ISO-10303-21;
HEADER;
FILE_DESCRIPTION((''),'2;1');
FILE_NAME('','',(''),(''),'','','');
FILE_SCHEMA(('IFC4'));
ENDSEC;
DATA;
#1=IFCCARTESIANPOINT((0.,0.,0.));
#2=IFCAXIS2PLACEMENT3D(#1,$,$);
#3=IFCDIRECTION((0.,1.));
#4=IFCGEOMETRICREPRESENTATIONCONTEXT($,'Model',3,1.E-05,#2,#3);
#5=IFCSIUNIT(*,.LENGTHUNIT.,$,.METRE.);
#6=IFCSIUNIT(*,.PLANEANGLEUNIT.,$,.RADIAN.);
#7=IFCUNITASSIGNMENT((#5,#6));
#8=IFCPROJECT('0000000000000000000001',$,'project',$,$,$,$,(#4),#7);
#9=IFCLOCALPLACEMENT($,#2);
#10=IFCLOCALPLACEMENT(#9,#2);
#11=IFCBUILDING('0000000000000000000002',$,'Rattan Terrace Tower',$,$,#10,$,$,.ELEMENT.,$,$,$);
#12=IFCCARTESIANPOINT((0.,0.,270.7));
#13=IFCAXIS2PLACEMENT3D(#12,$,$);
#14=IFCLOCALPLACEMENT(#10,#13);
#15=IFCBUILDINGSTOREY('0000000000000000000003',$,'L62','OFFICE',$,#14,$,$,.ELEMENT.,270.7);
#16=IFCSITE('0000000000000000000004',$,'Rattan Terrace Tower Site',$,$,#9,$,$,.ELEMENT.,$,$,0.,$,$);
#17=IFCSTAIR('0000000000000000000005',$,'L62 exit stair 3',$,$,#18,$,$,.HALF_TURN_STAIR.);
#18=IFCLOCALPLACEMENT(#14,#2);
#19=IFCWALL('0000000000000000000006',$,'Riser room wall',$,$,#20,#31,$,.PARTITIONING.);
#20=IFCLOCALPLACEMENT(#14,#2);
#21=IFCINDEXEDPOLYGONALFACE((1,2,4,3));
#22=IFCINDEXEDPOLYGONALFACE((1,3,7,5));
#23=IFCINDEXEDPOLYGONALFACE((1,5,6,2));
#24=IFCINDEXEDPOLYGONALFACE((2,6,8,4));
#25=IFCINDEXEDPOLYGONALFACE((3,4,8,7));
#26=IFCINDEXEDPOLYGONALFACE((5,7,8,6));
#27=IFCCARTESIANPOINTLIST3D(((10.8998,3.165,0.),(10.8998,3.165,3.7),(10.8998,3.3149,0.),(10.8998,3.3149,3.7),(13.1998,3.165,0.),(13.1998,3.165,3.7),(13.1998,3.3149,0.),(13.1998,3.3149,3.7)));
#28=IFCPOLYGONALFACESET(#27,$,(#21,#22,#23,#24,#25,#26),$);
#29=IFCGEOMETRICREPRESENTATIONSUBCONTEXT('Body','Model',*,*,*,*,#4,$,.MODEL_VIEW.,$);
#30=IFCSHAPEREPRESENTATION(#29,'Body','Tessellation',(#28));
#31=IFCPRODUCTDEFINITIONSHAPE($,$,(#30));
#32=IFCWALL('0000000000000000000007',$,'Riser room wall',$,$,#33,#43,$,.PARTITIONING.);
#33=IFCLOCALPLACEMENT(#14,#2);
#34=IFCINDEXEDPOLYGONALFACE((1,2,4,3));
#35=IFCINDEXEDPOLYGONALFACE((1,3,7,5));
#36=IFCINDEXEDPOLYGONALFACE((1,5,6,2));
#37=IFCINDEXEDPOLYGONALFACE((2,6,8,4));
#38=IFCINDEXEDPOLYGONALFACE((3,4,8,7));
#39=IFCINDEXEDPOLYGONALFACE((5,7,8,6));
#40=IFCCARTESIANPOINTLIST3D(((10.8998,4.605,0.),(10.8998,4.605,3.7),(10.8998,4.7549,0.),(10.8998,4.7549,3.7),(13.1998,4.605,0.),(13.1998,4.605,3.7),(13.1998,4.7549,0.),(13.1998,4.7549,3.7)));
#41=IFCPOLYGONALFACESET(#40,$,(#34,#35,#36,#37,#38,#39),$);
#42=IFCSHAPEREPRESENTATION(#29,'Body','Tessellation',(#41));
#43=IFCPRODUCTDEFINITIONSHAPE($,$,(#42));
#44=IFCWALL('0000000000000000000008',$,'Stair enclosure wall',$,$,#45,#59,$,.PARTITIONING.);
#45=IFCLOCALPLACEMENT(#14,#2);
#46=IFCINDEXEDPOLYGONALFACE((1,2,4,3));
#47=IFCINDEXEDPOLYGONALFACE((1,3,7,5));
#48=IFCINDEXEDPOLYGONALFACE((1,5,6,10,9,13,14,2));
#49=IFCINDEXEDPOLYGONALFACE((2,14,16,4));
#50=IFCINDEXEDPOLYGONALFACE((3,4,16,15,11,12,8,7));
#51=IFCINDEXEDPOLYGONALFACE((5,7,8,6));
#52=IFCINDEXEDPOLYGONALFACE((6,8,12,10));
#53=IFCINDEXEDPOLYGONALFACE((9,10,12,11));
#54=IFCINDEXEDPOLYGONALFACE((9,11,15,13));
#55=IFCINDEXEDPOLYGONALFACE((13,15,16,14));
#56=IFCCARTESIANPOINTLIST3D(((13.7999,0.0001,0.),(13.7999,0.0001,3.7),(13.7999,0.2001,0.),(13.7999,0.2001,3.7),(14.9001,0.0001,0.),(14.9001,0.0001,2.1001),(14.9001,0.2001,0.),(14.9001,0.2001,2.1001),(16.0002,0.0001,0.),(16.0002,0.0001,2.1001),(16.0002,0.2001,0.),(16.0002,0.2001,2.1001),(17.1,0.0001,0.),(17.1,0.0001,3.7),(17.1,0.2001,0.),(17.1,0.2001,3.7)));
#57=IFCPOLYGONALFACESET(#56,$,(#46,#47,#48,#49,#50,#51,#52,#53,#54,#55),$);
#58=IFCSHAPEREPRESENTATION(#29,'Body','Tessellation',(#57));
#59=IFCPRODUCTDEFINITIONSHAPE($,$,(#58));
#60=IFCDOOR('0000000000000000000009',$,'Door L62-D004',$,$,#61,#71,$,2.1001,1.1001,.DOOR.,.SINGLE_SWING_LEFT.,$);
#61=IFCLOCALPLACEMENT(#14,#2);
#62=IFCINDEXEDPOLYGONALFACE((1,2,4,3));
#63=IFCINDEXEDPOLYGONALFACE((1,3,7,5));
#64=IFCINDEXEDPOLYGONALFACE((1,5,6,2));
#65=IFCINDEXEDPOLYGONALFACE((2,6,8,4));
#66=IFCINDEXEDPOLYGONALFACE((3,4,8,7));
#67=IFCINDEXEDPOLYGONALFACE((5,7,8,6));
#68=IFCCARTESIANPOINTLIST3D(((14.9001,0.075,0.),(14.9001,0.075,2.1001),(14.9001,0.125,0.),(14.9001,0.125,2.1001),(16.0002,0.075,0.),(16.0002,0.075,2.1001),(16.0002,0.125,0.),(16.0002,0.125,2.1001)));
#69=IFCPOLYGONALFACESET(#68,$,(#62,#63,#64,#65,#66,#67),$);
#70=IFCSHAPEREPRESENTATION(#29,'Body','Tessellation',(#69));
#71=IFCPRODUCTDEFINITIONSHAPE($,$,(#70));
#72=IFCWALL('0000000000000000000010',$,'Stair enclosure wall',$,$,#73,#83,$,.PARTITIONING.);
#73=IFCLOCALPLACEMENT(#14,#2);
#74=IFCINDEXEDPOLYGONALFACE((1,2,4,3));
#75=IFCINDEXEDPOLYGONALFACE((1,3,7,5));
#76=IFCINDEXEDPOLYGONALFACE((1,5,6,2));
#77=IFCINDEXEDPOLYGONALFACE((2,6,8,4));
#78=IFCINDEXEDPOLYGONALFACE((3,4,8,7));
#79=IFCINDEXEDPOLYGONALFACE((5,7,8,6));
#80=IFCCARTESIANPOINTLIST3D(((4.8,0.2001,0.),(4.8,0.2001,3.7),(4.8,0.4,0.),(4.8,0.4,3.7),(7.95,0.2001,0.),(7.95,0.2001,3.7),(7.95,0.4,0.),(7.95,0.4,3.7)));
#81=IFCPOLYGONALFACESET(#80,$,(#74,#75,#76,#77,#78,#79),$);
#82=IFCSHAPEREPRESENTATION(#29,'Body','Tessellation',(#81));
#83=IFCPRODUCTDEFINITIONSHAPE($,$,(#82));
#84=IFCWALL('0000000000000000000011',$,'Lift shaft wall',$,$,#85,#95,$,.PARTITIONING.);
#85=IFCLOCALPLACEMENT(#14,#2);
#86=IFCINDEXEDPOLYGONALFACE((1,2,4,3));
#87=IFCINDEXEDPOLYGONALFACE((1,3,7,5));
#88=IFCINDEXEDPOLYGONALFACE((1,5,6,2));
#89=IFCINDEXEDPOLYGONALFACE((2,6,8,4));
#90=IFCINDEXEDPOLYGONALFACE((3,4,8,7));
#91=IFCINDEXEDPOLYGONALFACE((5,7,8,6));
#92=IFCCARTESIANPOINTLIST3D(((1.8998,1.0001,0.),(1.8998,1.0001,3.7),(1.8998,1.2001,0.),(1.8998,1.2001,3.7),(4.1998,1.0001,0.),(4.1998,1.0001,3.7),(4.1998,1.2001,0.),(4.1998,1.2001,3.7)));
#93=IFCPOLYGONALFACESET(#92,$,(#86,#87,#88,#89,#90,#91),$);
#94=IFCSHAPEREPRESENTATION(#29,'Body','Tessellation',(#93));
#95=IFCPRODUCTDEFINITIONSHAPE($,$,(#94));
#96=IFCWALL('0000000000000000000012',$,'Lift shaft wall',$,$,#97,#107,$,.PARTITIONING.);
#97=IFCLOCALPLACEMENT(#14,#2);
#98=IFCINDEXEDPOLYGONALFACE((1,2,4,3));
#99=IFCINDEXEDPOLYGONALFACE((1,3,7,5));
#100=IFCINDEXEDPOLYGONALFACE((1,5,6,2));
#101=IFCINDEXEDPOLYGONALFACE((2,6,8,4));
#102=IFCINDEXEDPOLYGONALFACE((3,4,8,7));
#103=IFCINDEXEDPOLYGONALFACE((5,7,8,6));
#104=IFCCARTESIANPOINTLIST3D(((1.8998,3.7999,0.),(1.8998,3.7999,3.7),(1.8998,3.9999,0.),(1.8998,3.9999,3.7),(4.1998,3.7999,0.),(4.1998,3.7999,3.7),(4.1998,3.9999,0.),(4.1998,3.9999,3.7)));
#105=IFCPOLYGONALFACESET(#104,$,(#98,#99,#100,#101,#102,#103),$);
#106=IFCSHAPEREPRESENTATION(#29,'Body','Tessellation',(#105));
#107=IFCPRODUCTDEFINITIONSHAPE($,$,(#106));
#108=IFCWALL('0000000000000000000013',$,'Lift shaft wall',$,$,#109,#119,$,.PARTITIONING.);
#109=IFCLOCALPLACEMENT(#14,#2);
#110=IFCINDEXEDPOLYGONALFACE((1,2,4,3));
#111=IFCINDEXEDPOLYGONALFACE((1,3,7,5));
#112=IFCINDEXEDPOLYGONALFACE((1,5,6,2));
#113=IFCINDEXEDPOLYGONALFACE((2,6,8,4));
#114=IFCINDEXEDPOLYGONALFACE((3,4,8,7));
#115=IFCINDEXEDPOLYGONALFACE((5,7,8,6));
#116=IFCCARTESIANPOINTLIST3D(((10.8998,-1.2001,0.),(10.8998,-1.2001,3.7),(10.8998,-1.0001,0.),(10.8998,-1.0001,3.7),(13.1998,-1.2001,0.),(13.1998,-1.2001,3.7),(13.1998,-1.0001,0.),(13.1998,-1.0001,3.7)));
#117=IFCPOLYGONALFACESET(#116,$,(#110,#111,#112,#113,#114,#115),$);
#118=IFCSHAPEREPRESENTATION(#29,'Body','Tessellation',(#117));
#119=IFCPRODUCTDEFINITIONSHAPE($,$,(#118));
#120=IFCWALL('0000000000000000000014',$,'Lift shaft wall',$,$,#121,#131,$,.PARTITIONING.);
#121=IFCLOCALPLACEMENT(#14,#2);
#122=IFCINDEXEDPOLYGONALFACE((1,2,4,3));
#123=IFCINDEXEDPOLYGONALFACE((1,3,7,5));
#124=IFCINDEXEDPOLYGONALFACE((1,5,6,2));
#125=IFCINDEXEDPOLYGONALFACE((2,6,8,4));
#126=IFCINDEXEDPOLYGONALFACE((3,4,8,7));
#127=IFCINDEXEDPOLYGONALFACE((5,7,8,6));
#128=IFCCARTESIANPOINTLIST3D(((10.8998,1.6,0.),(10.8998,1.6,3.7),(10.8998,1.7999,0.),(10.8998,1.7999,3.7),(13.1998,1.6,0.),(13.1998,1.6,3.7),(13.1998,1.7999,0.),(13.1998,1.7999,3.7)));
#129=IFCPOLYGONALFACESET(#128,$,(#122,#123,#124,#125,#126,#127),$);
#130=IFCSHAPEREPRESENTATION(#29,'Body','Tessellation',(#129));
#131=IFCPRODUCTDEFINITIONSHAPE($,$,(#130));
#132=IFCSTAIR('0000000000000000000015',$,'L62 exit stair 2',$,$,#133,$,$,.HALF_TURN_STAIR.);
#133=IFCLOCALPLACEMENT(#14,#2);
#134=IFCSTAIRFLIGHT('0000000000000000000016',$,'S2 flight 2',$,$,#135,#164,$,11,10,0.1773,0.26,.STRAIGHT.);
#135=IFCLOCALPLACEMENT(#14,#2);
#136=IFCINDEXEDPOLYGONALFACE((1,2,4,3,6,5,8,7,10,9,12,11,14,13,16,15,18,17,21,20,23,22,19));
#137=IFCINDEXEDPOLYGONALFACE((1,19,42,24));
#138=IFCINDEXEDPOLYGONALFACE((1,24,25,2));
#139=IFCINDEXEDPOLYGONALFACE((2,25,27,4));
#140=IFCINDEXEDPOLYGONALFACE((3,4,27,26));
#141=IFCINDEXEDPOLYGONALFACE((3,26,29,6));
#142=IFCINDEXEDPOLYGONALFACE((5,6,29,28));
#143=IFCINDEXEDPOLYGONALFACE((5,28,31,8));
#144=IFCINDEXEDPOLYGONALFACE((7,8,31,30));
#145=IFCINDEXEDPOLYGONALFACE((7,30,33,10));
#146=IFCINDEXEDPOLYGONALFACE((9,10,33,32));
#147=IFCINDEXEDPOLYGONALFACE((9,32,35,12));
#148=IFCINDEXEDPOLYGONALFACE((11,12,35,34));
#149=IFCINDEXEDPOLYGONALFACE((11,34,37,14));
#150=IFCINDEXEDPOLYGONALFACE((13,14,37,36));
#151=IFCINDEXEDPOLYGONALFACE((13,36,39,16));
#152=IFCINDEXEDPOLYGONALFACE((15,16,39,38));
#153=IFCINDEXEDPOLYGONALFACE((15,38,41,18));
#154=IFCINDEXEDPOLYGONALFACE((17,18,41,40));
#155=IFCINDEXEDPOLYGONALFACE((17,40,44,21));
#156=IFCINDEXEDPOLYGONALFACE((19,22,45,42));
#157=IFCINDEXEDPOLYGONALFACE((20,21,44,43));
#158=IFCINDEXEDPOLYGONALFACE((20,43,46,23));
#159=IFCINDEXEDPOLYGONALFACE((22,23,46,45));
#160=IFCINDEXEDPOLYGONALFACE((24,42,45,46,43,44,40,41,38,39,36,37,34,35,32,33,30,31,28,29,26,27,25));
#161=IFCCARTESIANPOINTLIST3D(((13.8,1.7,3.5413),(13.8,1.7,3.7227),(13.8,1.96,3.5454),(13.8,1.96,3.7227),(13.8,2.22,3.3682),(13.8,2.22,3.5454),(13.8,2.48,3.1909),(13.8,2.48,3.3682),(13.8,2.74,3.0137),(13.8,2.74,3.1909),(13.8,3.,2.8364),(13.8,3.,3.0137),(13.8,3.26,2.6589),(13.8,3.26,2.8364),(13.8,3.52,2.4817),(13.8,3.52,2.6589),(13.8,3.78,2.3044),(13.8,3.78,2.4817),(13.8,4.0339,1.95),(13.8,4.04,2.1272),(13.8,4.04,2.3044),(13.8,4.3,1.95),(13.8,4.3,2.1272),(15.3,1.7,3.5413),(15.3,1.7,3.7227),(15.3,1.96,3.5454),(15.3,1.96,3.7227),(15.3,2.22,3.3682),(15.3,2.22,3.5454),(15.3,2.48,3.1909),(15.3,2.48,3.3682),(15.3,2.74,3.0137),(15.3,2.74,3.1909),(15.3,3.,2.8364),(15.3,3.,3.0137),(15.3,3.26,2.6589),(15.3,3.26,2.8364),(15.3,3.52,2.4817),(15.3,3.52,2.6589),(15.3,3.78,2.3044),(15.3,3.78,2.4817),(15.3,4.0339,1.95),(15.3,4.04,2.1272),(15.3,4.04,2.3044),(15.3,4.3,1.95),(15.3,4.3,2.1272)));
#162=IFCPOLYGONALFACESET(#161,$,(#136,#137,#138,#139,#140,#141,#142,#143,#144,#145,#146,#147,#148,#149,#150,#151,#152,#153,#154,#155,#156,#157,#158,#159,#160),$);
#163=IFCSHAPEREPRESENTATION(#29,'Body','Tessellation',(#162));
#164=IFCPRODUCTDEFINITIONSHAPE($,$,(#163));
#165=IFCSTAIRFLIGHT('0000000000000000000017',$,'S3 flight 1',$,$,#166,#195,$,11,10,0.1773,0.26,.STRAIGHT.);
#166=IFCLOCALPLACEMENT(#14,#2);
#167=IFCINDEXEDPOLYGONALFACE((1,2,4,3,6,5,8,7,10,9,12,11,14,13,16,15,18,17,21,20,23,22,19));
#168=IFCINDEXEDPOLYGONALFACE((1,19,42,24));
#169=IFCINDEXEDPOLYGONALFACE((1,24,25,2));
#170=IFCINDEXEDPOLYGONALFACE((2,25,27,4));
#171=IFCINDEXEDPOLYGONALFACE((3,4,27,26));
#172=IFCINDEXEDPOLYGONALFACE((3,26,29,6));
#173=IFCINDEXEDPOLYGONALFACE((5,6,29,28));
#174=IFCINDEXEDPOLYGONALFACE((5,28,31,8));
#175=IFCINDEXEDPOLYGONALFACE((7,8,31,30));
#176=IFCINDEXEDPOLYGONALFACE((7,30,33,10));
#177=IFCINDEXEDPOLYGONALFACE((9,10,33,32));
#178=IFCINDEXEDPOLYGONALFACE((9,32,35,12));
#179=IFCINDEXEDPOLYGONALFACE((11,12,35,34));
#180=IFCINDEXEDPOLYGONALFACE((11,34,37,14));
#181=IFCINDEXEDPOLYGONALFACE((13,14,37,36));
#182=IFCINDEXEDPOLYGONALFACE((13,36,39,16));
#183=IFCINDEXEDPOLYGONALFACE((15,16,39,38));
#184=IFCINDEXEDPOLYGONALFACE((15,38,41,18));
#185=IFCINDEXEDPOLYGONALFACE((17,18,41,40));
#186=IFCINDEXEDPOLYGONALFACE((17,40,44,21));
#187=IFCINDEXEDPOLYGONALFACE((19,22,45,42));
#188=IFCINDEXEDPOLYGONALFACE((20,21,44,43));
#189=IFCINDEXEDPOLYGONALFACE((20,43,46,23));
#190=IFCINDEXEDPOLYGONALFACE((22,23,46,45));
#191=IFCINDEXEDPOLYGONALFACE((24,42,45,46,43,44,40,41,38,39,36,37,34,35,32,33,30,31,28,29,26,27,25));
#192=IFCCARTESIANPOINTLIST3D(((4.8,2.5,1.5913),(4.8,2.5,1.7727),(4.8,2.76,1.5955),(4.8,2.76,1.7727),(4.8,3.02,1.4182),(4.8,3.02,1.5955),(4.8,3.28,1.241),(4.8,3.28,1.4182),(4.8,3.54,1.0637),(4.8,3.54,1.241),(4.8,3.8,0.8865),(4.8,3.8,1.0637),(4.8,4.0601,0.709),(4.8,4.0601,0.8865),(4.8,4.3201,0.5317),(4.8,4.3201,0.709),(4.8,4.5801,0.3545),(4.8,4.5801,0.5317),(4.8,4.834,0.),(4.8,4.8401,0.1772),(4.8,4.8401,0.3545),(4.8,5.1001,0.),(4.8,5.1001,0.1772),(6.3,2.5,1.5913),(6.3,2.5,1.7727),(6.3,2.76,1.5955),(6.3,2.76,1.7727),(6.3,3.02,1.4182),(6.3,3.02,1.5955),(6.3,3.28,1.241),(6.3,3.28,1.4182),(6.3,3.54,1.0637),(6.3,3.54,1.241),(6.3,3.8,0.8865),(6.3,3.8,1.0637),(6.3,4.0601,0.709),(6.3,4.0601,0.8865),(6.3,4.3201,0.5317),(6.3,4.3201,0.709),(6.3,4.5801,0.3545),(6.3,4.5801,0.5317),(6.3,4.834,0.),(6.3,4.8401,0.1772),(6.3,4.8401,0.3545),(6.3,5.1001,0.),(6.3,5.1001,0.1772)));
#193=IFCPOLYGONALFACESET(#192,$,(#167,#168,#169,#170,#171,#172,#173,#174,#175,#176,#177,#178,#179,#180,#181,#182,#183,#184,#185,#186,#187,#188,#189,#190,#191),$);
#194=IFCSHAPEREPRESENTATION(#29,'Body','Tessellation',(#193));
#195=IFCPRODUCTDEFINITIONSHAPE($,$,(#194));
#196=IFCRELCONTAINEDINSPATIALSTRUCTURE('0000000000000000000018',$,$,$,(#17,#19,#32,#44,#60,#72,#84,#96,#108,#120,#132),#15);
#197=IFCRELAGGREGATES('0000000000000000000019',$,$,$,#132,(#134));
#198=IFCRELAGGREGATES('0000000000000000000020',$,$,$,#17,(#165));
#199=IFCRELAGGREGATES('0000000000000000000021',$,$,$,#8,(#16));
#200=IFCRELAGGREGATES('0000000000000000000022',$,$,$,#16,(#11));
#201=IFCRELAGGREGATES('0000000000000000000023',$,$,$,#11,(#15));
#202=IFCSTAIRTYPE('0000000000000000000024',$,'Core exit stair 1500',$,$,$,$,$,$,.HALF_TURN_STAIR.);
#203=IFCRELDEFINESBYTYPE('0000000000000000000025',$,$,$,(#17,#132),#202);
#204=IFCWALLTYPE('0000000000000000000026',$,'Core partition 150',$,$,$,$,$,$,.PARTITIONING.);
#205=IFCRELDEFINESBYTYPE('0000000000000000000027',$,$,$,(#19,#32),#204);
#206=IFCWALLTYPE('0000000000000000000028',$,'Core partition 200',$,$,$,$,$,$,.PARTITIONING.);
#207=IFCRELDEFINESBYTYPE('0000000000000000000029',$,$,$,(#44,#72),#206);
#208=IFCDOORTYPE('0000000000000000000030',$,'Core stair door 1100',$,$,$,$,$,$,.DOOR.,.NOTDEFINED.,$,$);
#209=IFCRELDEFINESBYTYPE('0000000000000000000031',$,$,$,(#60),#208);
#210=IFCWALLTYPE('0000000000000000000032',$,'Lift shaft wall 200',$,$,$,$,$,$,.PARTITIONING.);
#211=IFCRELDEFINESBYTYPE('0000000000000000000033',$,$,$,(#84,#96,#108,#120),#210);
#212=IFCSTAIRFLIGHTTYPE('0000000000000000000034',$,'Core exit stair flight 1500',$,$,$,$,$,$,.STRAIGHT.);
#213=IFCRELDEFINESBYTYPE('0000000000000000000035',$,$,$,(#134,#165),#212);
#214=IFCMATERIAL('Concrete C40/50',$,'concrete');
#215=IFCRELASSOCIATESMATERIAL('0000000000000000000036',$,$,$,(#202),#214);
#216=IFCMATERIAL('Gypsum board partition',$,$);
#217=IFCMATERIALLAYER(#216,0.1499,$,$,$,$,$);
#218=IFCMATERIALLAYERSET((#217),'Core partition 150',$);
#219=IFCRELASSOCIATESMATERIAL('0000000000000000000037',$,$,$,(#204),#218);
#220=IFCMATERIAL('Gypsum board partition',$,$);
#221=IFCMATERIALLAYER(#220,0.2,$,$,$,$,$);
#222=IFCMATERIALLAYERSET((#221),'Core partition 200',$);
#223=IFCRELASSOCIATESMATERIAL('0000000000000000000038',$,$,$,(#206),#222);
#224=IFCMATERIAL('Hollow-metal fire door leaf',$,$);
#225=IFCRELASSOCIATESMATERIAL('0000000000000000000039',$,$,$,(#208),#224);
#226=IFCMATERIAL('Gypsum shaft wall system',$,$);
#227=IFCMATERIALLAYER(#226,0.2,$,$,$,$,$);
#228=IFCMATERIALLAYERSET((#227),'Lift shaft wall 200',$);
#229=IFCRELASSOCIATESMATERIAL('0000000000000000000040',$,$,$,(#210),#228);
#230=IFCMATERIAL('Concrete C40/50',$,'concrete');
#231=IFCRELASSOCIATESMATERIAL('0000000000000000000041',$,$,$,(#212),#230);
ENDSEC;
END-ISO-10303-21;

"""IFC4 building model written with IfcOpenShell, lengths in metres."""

from ifc_helpers import new_model, si_unit, direction, frame, frame_2d, origin, place, context, subcontext, project, spatial, polyline, rectangle, outline, extrude, material, layer, layer_set, type_object, element, fill, aggregate, save


model = new_model("IFC4")

# Units and contexts
model_context = context("Model", 3, precision=1e-05, world=origin(), true_north=direction((0.0, 1.0)))
body_context = subcontext(model_context, "Body", "Model", "MODEL_VIEW")
ifc_project = project(units=[si_unit("LENGTHUNIT", "METRE"), si_unit("PLANEANGLEUNIT", "RADIAN")], contexts=[model_context])

# Site, building, storey
site_placement = place(None, origin())
site = spatial("IfcSite", under=ifc_project, at=site_placement, Name="Rattan Terrace Tower Site", CompositionType="ELEMENT", RefElevation=0.0)
building_placement = place(site_placement, origin())
building = spatial("IfcBuilding", under=site, at=building_placement, Name="Rattan Terrace Tower", CompositionType="ELEMENT")
storey_placement = place(building_placement, frame((0.0, 0.0, 270.7)))
storey = spatial("IfcBuildingStorey", under=building, at=storey_placement, Name="L62", Description="OFFICE", CompositionType="ELEMENT", Elevation=270.7)

# Stair
ifc_material_1 = material(Name="Concrete C40/50", Category="concrete")
stair_type = type_object("IfcStairType", Name="Core exit stair 1500", PredefinedType="HALF_TURN_STAIR", material=ifc_material_1)
stair_1_placement = place(storey_placement, origin())
stair_1 = element("IfcStair", 1, at=stair_1_placement, inside=storey, type_object=stair_type, Name="L62 exit stair 3", PredefinedType="HALF_TURN_STAIR")

# Walls
ifc_material_2 = material(Name="Gypsum board partition")
ifc_layer_1 = layer(ifc_material_2, 0.1499)
ifc_layer_set_1 = layer_set([ifc_layer_1], Name="Core partition 150")
wall_type_1 = type_object("IfcWallType", Name="Core partition 150", PredefinedType="PARTITIONING", material=ifc_layer_set_1)
for number, where, z_axis, x_axis, name in (
    (2, (10.8999, 3.24, 0.0), (0.0, 0.0, 1.0), (1.0, 0.0, 0.0), "Riser room wall"),
    (3, (10.8999, 4.6799, 0.0), (0.0, 0.0, 1.0), (1.0, 0.0, 0.0), "Riser room wall"),
):
    element("IfcWall", number, at=place(storey_placement, frame(where, z_axis=z_axis, x_axis=x_axis)), inside=storey, type_object=wall_type_1, Name=name, PredefinedType="PARTITIONING", context=body_context, shape_type="SweptSolid", body=[
        extrude(rectangle(XDim=2.3, YDim=0.1499, at=frame_2d((1.1499, 0.0))), origin(), (0.0, 0.0, 1.0), 3.7),
    ])

# Wall, opening, door
ifc_material_3 = material(Name="Gypsum board partition")
ifc_layer_2 = layer(ifc_material_3, 0.2)
ifc_layer_set_2 = layer_set([ifc_layer_2], Name="Core partition 200")
wall_type_2 = type_object("IfcWallType", Name="Core partition 200", PredefinedType="PARTITIONING", material=ifc_layer_set_2)
wall_1_placement = place(storey_placement, frame((13.8, 0.1001, 0.0), z_axis=(0.0, 0.0, 1.0), x_axis=(1.0, 0.0, 0.0)))
wall_1 = element("IfcWall", 4, at=wall_1_placement, inside=storey, type_object=wall_type_2, Name="Stair enclosure wall", PredefinedType="PARTITIONING", context=body_context, shape_type="SweptSolid", body=[
    extrude(rectangle(XDim=3.3, YDim=0.2, at=frame_2d((1.6499, 0.0))), origin(), (0.0, 0.0, 1.0), 3.7),
])
opening_placement = place(wall_1_placement, frame((1.1001, 0.0, 0.0)))
opening = element("IfcOpeningElement", 5, at=opening_placement, cuts=wall_1, PredefinedType="OPENING", context=body_context, shape_type="SweptSolid", body=[
    extrude(rectangle(XDim=1.1001, YDim=2.1001, at=frame_2d((0.55, 1.05))), frame((0.0, 0.1106, 0.0), z_axis=(0.0, -1.0, 0.0), x_axis=(1.0, 0.0, 0.0)), (0.0, 0.0, 1.0), 0.2209),
])
ifc_material_4 = material(Name="Hollow-metal fire door leaf")
door_type = type_object("IfcDoorType", Name="Core stair door 1100", OperationType="NOTDEFINED", PredefinedType="DOOR", material=ifc_material_4)
door_placement = place(opening_placement, origin())
door = element("IfcDoor", 6, at=door_placement, inside=storey, type_object=door_type, Name="Door L62-D004", OperationType="SINGLE_SWING_LEFT", OverallHeight=2.1001, OverallWidth=1.1001, PredefinedType="DOOR", context=body_context, shape_type="SweptSolid", body=[
    extrude(rectangle(XDim=1.1001, YDim=2.1001, at=frame_2d((0.55, 1.05))), frame((0.0, 0.0249, 0.0), z_axis=(0.0, -1.0, 0.0), x_axis=(1.0, 0.0, 0.0)), (0.0, 0.0, 1.0), 0.05),
])
fill(opening, door)

# Walls
wall_2_placement = place(storey_placement, frame((4.8, 0.3, 0.0), z_axis=(0.0, 0.0, 1.0), x_axis=(1.0, 0.0, 0.0)))
element("IfcWall", 7, at=wall_2_placement, inside=storey, type_object=wall_type_2, Name="Stair enclosure wall", PredefinedType="PARTITIONING", context=body_context, shape_type="SweptSolid", body=[
    extrude(rectangle(XDim=3.1499, YDim=0.2, at=frame_2d((1.575, 0.0))), origin(), (0.0, 0.0, 1.0), 3.7),
])
ifc_material_5 = material(Name="Gypsum shaft wall system")
ifc_layer_3 = layer(ifc_material_5, 0.2)
ifc_layer_set_3 = layer_set([ifc_layer_3], Name="Lift shaft wall 200")
wall_type_3 = type_object("IfcWallType", Name="Lift shaft wall 200", PredefinedType="PARTITIONING", material=ifc_layer_set_3)
for number, where, z_axis, x_axis, name in (
    (8, (1.8999, 1.1001, 0.0), (0.0, 0.0, 1.0), (1.0, 0.0, 0.0), "Lift shaft wall"),
    (9, (1.8999, 3.8999, 0.0), (0.0, 0.0, 1.0), (1.0, 0.0, 0.0), "Lift shaft wall"),
    (10, (10.8999, -1.1001, 0.0), (0.0, 0.0, 1.0), (1.0, 0.0, 0.0), "Lift shaft wall"),
    (11, (10.8999, 1.7, 0.0), (0.0, 0.0, 1.0), (1.0, 0.0, 0.0), "Lift shaft wall"),
):
    element("IfcWall", number, at=place(storey_placement, frame(where, z_axis=z_axis, x_axis=x_axis)), inside=storey, type_object=wall_type_3, Name=name, PredefinedType="PARTITIONING", context=body_context, shape_type="SweptSolid", body=[
        extrude(rectangle(XDim=2.3, YDim=0.2, at=frame_2d((1.1499, 0.0))), origin(), (0.0, 0.0, 1.0), 3.7),
    ])

# Stair, stair flight
stair_2_placement = place(storey_placement, origin())
stair_2 = element("IfcStair", 12, at=stair_2_placement, inside=storey, type_object=stair_type, Name="L62 exit stair 2", PredefinedType="HALF_TURN_STAIR")
ifc_material_6 = material(Name="Concrete C40/50", Category="concrete")
stair_flight_type = type_object("IfcStairFlightType", Name="Core exit stair flight 1500", PredefinedType="STRAIGHT", material=ifc_material_6)
stair_flight_1_placement = place(storey_placement, frame((14.55, 4.3, 1.95), z_axis=(0.0, 0.0, 1.0), x_axis=(0.0, -1.0, 0.0)))
stair_flight_1 = element("IfcStairFlight", 13, at=stair_flight_1_placement, type_object=stair_flight_type, Name="S2 flight 2", NumberOfRisers=11, NumberOfTreads=10, PredefinedType="STRAIGHT", RiserHeight=0.1773, TreadLength=0.26, context=body_context, shape_type="SweptSolid", body=[
    extrude(outline(polyline([(0.0, 0.0), (0.0, 0.1772), (0.26, 0.1772), (0.26, 0.3545), (0.52, 0.3545), (0.52, 0.5317), (0.78, 0.5317), (0.78, 0.709), (1.04, 0.709), (1.04, 0.8865), (1.3, 0.8865), (1.3, 1.0637), (1.5601, 1.0637), (1.5601, 1.241), (1.8201, 1.241), (1.8201, 1.4182), (2.0801, 1.4182), (2.0801, 1.5955), (2.3401, 1.5955), (2.3401, 1.7727), (2.6001, 1.7727), (2.6001, 1.95), (2.6001, 1.5913), (0.2661, 0.0), (0.0, 0.0)])), frame((0.0, 0.75, 0.0), z_axis=(0.0, -1.0, 0.0), x_axis=(1.0, 0.0, 0.0)), (0.0, 0.0, 1.0), 1.5),
])
aggregate(stair_2, [stair_flight_1])

# Stair flight
stair_flight_2_placement = place(storey_placement, frame((5.55, 5.1001, 0.0), z_axis=(0.0, 0.0, 1.0), x_axis=(0.0, -1.0, 0.0)))
stair_flight_2 = element("IfcStairFlight", 14, at=stair_flight_2_placement, type_object=stair_flight_type, Name="S3 flight 1", NumberOfRisers=11, NumberOfTreads=10, PredefinedType="STRAIGHT", RiserHeight=0.1773, TreadLength=0.26, context=body_context, shape_type="SweptSolid", body=[
    extrude(outline(polyline([(0.0, 0.0), (0.0, 0.1772), (0.26, 0.1772), (0.26, 0.3545), (0.52, 0.3545), (0.52, 0.5317), (0.78, 0.5317), (0.78, 0.709), (1.04, 0.709), (1.04, 0.8865), (1.3, 0.8865), (1.3, 1.0637), (1.5601, 1.0637), (1.5601, 1.241), (1.8201, 1.241), (1.8201, 1.4182), (2.0801, 1.4182), (2.0801, 1.5955), (2.3401, 1.5955), (2.3401, 1.7727), (2.6001, 1.7727), (2.6001, 1.95), (2.6001, 1.5913), (0.2661, 0.0), (0.0, 0.0)])), frame((0.0, 0.75, 0.0), z_axis=(0.0, -1.0, 0.0), x_axis=(1.0, 0.0, 0.0)), (0.0, 0.0, 1.0), 1.5),
])
aggregate(stair_1, [stair_flight_2])

save(model, "model.ifc")
